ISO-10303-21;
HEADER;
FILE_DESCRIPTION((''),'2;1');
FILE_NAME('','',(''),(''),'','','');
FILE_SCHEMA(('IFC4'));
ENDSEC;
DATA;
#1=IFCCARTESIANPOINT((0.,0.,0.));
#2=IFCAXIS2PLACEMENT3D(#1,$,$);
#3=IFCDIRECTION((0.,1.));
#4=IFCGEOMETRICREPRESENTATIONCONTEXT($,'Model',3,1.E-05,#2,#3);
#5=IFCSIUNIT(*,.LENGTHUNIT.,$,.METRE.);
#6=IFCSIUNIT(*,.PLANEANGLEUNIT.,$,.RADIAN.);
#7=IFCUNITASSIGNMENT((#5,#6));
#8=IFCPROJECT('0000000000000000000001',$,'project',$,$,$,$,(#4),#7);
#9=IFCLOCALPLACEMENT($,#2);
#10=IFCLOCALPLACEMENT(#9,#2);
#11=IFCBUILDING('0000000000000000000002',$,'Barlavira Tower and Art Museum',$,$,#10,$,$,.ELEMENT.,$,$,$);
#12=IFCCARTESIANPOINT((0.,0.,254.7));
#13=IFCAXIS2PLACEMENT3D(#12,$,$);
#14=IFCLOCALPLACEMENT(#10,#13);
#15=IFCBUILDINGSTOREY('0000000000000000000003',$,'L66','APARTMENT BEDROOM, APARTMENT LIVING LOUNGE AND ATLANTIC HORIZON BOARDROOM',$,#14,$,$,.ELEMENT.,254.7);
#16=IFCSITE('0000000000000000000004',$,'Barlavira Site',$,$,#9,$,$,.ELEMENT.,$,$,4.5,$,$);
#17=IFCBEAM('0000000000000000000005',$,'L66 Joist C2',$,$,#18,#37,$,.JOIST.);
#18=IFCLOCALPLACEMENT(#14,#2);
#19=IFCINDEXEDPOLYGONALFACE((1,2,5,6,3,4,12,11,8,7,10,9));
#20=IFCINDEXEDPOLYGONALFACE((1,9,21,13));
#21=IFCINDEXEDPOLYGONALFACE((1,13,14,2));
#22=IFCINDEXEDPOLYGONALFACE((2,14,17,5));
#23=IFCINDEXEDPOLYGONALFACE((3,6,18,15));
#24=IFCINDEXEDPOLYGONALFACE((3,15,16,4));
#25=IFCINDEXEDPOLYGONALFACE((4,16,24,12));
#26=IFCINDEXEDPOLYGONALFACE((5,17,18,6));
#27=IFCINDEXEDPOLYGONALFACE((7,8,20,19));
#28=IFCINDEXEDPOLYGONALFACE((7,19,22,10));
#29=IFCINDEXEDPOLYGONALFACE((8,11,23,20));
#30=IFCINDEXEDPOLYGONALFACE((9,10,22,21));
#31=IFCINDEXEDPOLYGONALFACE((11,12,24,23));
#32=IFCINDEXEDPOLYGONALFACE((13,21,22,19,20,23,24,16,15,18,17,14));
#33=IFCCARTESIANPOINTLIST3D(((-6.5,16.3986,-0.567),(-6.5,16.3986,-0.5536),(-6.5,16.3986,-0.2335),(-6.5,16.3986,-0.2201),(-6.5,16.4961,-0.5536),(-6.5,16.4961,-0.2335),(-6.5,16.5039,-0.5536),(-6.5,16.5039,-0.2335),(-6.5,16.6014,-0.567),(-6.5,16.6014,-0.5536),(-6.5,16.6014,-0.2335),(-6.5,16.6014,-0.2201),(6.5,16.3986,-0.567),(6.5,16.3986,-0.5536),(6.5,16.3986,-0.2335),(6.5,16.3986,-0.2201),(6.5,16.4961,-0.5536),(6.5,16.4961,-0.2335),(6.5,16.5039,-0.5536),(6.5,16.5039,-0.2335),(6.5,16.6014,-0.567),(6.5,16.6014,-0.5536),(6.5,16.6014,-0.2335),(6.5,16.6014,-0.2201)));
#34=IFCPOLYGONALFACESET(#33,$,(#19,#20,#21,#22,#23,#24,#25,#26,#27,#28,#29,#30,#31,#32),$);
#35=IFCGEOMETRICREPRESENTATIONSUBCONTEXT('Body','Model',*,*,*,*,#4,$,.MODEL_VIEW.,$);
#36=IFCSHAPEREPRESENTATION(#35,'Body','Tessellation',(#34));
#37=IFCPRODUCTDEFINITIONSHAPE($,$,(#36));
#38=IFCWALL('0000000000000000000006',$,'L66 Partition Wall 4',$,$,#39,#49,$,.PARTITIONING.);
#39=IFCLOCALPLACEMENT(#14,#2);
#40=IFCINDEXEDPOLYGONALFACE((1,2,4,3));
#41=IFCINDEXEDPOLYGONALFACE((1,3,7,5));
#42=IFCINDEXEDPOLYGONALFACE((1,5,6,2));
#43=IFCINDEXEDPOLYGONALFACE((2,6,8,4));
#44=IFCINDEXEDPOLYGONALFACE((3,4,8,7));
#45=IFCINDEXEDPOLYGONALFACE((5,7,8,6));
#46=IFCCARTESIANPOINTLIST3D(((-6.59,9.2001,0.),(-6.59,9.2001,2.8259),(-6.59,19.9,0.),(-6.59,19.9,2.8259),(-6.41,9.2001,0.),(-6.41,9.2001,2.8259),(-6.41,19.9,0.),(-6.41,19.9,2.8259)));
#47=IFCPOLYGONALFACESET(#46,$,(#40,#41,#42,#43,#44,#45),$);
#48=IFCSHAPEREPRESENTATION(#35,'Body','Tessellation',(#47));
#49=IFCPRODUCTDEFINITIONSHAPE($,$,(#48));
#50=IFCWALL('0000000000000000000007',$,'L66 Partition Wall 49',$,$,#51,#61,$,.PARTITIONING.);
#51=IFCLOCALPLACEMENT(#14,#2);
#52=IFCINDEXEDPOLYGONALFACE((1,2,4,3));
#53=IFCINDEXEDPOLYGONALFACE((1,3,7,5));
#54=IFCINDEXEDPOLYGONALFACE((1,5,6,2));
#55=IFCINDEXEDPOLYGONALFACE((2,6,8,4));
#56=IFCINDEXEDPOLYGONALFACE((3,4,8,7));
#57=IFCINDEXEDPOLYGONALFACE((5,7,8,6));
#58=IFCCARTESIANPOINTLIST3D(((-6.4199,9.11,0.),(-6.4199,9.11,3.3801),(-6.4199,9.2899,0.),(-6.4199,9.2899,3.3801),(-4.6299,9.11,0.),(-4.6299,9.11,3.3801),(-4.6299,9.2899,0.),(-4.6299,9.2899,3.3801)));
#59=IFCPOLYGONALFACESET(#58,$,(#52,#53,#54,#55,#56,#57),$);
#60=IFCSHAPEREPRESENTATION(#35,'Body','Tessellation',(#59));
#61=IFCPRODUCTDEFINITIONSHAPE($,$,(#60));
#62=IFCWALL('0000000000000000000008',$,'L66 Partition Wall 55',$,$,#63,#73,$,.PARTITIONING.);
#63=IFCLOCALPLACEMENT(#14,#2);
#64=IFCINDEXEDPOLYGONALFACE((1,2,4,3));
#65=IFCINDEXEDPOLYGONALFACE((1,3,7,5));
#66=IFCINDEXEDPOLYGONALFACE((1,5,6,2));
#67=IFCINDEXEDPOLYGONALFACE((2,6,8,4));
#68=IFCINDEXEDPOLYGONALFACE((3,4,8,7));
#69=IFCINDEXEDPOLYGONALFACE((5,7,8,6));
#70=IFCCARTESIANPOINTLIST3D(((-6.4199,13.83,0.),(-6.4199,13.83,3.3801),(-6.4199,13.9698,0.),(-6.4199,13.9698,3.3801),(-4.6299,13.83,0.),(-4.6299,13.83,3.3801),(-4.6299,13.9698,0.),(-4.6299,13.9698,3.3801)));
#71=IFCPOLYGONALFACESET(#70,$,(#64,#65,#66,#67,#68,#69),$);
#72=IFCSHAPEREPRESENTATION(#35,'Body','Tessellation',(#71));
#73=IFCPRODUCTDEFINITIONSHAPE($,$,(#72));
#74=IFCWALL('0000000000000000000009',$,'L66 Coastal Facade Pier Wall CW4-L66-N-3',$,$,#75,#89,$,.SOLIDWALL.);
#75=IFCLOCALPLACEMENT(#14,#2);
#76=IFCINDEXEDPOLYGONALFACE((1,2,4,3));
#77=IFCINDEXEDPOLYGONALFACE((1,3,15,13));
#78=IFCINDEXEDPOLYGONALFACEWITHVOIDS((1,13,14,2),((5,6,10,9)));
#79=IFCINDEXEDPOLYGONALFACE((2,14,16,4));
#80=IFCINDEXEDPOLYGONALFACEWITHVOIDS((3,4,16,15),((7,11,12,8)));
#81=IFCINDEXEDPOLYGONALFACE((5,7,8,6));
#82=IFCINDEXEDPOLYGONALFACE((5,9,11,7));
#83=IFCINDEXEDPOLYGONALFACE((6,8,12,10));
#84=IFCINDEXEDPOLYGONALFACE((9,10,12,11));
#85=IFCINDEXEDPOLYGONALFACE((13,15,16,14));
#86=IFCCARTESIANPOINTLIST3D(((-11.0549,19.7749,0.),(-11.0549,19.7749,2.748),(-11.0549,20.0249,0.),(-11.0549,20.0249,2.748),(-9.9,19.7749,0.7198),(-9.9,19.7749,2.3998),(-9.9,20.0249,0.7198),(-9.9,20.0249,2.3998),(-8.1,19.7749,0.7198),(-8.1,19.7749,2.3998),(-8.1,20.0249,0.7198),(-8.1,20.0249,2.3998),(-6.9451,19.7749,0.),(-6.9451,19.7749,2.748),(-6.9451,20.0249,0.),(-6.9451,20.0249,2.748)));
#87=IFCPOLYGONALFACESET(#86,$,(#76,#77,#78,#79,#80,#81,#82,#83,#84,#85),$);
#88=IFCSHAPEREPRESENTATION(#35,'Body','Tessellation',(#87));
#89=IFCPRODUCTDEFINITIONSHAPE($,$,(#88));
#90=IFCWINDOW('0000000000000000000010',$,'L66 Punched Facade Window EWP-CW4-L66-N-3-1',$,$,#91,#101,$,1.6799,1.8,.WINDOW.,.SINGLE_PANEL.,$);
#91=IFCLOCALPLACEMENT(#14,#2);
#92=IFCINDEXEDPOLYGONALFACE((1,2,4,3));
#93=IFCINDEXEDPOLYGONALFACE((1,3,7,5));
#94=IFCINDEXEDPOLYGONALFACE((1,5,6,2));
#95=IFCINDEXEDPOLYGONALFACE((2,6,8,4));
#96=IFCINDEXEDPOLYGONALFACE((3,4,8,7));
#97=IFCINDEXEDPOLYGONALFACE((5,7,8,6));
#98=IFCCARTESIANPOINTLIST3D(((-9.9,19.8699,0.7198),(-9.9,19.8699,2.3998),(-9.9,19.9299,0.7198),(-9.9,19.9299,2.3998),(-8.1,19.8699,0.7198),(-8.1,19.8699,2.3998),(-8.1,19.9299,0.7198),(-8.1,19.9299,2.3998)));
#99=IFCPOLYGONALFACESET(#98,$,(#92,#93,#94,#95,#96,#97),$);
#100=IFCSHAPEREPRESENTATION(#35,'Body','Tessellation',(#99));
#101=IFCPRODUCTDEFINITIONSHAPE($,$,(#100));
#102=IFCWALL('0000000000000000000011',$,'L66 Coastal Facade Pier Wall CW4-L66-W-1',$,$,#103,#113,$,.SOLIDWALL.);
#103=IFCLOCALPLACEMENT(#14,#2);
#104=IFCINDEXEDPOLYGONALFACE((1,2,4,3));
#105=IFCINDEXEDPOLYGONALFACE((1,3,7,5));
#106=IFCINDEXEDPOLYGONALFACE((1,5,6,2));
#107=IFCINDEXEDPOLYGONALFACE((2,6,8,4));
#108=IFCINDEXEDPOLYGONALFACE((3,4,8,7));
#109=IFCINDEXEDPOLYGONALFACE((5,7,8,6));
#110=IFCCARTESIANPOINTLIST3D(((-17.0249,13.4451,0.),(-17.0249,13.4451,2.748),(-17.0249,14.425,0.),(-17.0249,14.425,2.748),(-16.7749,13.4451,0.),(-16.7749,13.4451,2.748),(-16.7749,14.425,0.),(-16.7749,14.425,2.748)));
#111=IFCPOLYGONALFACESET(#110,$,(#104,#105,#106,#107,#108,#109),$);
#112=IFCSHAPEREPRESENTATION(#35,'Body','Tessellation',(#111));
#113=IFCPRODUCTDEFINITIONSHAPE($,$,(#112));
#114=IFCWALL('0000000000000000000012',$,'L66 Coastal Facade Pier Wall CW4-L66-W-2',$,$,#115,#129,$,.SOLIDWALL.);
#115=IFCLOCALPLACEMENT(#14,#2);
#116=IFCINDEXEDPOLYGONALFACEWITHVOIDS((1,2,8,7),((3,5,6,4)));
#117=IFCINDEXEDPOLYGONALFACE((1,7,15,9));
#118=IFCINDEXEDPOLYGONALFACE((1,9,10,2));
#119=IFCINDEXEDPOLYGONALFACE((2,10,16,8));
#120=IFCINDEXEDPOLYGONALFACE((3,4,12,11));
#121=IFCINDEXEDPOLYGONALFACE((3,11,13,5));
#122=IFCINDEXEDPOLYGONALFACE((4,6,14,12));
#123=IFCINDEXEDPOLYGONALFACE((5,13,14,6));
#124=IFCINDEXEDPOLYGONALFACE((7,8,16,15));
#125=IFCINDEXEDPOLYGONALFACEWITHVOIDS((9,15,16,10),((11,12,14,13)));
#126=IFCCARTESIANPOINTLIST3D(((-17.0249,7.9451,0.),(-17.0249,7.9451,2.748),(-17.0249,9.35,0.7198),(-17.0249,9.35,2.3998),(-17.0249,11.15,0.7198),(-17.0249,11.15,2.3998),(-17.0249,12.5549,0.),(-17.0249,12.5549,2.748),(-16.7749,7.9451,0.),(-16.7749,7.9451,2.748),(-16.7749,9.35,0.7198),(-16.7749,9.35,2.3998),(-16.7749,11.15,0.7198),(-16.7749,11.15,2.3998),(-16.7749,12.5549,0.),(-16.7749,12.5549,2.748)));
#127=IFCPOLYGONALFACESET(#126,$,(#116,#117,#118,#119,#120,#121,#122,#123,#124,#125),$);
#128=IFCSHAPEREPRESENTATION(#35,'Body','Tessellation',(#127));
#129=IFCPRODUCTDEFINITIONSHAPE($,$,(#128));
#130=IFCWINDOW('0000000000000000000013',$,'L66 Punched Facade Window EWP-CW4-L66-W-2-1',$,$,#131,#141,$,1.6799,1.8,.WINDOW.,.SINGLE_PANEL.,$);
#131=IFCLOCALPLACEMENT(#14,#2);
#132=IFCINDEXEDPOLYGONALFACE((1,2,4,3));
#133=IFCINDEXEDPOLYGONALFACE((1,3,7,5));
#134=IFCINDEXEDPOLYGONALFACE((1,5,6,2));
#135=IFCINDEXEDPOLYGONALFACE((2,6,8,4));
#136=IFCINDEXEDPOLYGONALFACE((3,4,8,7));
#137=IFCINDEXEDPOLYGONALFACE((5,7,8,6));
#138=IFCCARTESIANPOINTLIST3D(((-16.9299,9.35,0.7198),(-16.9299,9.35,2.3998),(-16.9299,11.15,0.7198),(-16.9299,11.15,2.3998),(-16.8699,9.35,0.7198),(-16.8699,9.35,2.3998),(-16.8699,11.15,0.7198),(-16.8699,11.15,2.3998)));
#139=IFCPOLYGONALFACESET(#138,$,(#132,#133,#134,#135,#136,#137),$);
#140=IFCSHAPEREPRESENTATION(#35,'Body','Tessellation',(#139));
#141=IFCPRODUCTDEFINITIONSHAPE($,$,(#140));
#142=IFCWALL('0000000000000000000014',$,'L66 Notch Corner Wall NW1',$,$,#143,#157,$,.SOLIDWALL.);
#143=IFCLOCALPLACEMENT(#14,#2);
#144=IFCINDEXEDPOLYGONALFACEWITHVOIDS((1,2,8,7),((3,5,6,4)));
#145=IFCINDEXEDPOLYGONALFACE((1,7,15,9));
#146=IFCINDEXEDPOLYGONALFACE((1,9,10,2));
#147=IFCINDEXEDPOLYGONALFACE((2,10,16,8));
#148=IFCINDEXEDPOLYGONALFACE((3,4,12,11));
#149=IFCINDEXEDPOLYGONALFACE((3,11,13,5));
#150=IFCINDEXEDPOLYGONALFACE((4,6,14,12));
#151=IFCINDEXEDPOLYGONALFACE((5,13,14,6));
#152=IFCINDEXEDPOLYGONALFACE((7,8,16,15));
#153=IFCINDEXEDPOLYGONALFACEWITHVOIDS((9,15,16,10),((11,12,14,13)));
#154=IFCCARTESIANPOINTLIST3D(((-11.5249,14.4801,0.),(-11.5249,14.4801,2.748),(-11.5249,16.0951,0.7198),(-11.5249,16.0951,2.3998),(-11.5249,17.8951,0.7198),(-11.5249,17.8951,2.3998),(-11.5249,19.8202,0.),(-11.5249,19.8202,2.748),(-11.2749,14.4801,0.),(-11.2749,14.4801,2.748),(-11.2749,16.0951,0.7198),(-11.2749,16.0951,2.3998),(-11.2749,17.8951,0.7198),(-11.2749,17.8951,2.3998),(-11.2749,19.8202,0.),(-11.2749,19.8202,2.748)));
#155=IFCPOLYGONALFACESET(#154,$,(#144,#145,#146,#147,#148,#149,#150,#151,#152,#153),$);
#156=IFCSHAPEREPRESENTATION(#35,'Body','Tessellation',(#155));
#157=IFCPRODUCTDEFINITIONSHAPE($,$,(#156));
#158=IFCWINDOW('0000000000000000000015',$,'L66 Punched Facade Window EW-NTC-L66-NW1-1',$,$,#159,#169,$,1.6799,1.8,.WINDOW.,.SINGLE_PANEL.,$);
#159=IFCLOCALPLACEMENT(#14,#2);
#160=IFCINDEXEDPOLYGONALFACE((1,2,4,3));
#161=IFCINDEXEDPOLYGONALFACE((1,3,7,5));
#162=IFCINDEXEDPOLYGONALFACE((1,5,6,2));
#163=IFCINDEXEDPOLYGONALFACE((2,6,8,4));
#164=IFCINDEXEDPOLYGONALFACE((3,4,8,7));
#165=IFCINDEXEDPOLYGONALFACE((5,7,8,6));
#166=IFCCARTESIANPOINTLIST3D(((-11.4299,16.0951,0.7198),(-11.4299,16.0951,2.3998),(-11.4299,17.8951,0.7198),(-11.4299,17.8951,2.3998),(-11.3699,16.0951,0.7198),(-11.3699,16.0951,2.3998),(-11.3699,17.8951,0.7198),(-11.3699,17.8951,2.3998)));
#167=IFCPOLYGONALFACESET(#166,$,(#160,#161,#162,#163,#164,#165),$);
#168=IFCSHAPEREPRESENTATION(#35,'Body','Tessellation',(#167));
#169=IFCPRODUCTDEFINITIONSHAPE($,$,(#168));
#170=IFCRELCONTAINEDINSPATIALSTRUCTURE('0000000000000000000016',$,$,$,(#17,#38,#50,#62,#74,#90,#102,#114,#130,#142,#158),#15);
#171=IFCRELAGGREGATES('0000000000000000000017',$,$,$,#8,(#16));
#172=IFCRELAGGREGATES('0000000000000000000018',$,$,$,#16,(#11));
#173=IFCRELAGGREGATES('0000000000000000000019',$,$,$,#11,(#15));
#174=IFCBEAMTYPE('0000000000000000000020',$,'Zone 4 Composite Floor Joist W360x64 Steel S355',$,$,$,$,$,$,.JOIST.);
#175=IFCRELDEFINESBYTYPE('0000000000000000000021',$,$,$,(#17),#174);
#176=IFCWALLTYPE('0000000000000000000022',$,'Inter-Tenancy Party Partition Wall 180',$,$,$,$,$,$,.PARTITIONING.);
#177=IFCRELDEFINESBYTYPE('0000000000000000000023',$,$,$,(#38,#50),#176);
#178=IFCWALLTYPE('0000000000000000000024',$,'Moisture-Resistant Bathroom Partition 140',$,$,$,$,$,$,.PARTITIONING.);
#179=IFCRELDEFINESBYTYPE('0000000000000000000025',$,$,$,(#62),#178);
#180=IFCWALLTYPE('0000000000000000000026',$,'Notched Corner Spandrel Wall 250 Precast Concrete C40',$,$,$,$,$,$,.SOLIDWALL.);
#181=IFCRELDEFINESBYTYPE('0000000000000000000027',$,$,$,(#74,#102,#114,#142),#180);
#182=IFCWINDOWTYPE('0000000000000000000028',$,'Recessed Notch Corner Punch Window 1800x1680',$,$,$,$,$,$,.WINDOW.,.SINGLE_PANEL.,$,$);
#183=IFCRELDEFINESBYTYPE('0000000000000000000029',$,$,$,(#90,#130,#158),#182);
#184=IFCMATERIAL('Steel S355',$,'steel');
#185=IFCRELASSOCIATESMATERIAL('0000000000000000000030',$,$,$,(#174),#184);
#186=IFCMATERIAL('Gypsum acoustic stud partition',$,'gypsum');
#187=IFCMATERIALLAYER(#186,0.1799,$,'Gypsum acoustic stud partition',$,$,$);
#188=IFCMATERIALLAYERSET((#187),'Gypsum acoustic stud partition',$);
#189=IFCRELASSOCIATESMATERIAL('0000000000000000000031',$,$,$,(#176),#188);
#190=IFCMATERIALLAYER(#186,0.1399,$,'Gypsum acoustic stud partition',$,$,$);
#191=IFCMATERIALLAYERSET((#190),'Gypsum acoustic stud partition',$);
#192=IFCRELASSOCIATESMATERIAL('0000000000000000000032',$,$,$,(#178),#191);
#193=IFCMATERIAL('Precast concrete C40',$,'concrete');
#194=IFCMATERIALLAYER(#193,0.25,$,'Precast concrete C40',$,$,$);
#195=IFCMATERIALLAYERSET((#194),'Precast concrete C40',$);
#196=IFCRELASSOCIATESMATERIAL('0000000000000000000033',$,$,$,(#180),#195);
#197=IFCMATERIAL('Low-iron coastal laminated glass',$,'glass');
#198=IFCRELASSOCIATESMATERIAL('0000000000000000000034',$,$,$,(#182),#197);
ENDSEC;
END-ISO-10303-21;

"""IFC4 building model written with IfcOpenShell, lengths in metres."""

from ifc_helpers import new_model, si_unit, direction, frame, frame_2d, origin, origin_2d, place, context, subcontext, project, spatial, rectangle, i_section, extrude, material, layer, layer_set, material_profile, profile_set, type_object, element, fill, save


model = new_model("IFC4")

# Units and contexts
model_context = context("Model", 3, precision=1e-05, world=origin(), true_north=direction((0.0, 1.0)))
body_context = subcontext(model_context, "Body", "Model", "MODEL_VIEW")
ifc_project = project(units=[si_unit("LENGTHUNIT", "METRE"), si_unit("PLANEANGLEUNIT", "RADIAN")], contexts=[model_context])

# Site, building, storey
site_placement = place(None, origin())
site = spatial("IfcSite", under=ifc_project, at=site_placement, Name="Barlavira Site", CompositionType="ELEMENT", RefElevation=4.5)
building_placement = place(site_placement, origin())
building = spatial("IfcBuilding", under=site, at=building_placement, Name="Barlavira Tower and Art Museum", CompositionType="ELEMENT")
storey_placement = place(building_placement, frame((0.0, 0.0, 254.7)))
storey = spatial("IfcBuildingStorey", under=building, at=storey_placement, Name="L66", Description="APARTMENT BEDROOM, APARTMENT LIVING LOUNGE AND ATLANTIC HORIZON BOARDROOM", CompositionType="ELEMENT", Elevation=254.7)

# Shared definitions
ifc_material_1 = material(Name="Low-iron coastal laminated glass", Category="glass")

# Beam
ifc_material_2 = material(Name="Steel S355", Category="steel")
ifc_material_profile_1 = material_profile(ifc_material_2, i_section(OverallWidth=0.2029, OverallDepth=0.3469, WebThickness=0.0078, FlangeThickness=0.0134, at=origin_2d()), Name="W360x64.0")
ifc_profile_set_1 = profile_set([ifc_material_profile_1], Name="Steel S355")
beam_type_1 = type_object("IfcBeamType", Name="Zone 4 Composite Floor Joist W360x64 Steel S355", PredefinedType="JOIST", material=ifc_profile_set_1)
beam_1_placement = place(storey_placement, frame((-6.5, 16.5, -0.3936), z_axis=(1.0, 0.0, 0.0), x_axis=(0.0, 1.0, 0.0)))
element("IfcBeam", 1, at=beam_1_placement, inside=storey, type_object=beam_type_1, Name="L66 Joist C2", PredefinedType="JOIST", context=body_context, shape_type="SweptSolid", body=[
    extrude(i_section(OverallWidth=0.2029, OverallDepth=0.3469, WebThickness=0.0078, FlangeThickness=0.0134, at=origin_2d()), origin(), (0.0, 0.0, 1.0), 13.0),
])

# Walls
ifc_material_3 = material(Name="Gypsum acoustic stud partition", Category="gypsum")
ifc_layer_1 = layer(ifc_material_3, 0.1799, Name="Gypsum acoustic stud partition")
ifc_layer_set_1 = layer_set([ifc_layer_1], Name="Gypsum acoustic stud partition")
wall_type_1 = type_object("IfcWallType", Name="Inter-Tenancy Party Partition Wall 180", PredefinedType="PARTITIONING", material=ifc_layer_set_1)
wall_1_placement = place(storey_placement, frame((-6.5, 9.2, 0.0), z_axis=(0.0, 0.0, 1.0), x_axis=(0.0, 1.0, 0.0)))
element("IfcWall", 2, at=wall_1_placement, inside=storey, type_object=wall_type_1, Name="L66 Partition Wall 4", PredefinedType="PARTITIONING", context=body_context, shape_type="SweptSolid", body=[
    extrude(rectangle(XDim=10.7, YDim=0.1799, at=frame_2d((5.3501, 0.0))), origin(), (0.0, 0.0, 1.0), 2.8259),
])
wall_2_placement = place(storey_placement, frame((-6.4199, 9.2, 0.0), z_axis=(0.0, 0.0, 1.0), x_axis=(1.0, 0.0, 0.0)))
element("IfcWall", 3, at=wall_2_placement, inside=storey, type_object=wall_type_1, Name="L66 Partition Wall 49", PredefinedType="PARTITIONING", context=body_context, shape_type="SweptSolid", body=[
    extrude(rectangle(XDim=1.79, YDim=0.1799, at=frame_2d((0.895, 0.0))), origin(), (0.0, 0.0, 1.0), 3.3801),
])
ifc_layer_2 = layer(ifc_material_3, 0.1399, Name="Gypsum acoustic stud partition")
ifc_layer_set_2 = layer_set([ifc_layer_2], Name="Gypsum acoustic stud partition")
wall_type_2 = type_object("IfcWallType", Name="Moisture-Resistant Bathroom Partition 140", PredefinedType="PARTITIONING", material=ifc_layer_set_2)
wall_3_placement = place(storey_placement, frame((-6.4199, 13.8999, 0.0), z_axis=(0.0, 0.0, 1.0), x_axis=(1.0, 0.0, 0.0)))
element("IfcWall", 4, at=wall_3_placement, inside=storey, type_object=wall_type_2, Name="L66 Partition Wall 55", PredefinedType="PARTITIONING", context=body_context, shape_type="SweptSolid", body=[
    extrude(rectangle(XDim=1.79, YDim=0.1399, at=frame_2d((0.895, 0.0))), origin(), (0.0, 0.0, 1.0), 3.3801),
])

# Wall, opening, window
ifc_material_4 = material(Name="Precast concrete C40", Category="concrete")
ifc_layer_3 = layer(ifc_material_4, 0.25, Name="Precast concrete C40")
ifc_layer_set_3 = layer_set([ifc_layer_3], Name="Precast concrete C40")
wall_type_3 = type_object("IfcWallType", Name="Notched Corner Spandrel Wall 250 Precast Concrete C40", PredefinedType="SOLIDWALL", material=ifc_layer_set_3)
wall_4_placement = place(storey_placement, frame((-6.9451, 19.8999, 0.0), z_axis=(0.0, 0.0, 1.0), x_axis=(-1.0, 0.0, 0.0)))
wall_4 = element("IfcWall", 5, at=wall_4_placement, inside=storey, type_object=wall_type_3, Name="L66 Coastal Facade Pier Wall CW4-L66-N-3", PredefinedType="SOLIDWALL", context=body_context, shape_type="SweptSolid", body=[
    extrude(rectangle(XDim=4.1099, YDim=0.25, at=frame_2d((2.0549, 0.0))), origin(), (0.0, 0.0, 1.0), 2.748),
])
opening_1_placement = place(wall_4_placement, frame((1.155, 0.0, 0.72)))
opening_1 = element("IfcOpeningElement", 6, at=opening_1_placement, cuts=wall_4, PredefinedType="OPENING", context=body_context, shape_type="SweptSolid", body=[
    extrude(rectangle(XDim=1.8, YDim=1.6799, at=frame_2d((0.8999, 0.8398))), frame((0.0, 0.135, 0.0), z_axis=(0.0, -1.0, 0.0), x_axis=(1.0, 0.0, 0.0)), (0.0, 0.0, 1.0), 0.27),
])
window_type = type_object("IfcWindowType", Name="Recessed Notch Corner Punch Window 1800x1680", PartitioningType="SINGLE_PANEL", PredefinedType="WINDOW", material=ifc_material_1)
window_1_placement = place(opening_1_placement, origin())
window_1 = element("IfcWindow", 7, at=window_1_placement, inside=storey, type_object=window_type, Name="L66 Punched Facade Window EWP-CW4-L66-N-3-1", OverallHeight=1.6799, OverallWidth=1.8, PartitioningType="SINGLE_PANEL", PredefinedType="WINDOW", context=body_context, shape_type="SweptSolid", body=[
    extrude(rectangle(XDim=1.8, YDim=1.6799, at=frame_2d((0.8999, 0.8398))), frame((0.0, 0.03, 0.0), z_axis=(0.0, -1.0, 0.0), x_axis=(1.0, 0.0, 0.0)), (0.0, 0.0, 1.0), 0.0601),
])
fill(opening_1, window_1)

# Wall
wall_5_placement = place(storey_placement, frame((-16.8999, 14.425, 0.0), z_axis=(0.0, 0.0, 1.0), x_axis=(0.0, -1.0, 0.0)))
element("IfcWall", 8, at=wall_5_placement, inside=storey, type_object=wall_type_3, Name="L66 Coastal Facade Pier Wall CW4-L66-W-1", PredefinedType="SOLIDWALL", context=body_context, shape_type="SweptSolid", body=[
    extrude(rectangle(XDim=0.98, YDim=0.25, at=frame_2d((0.49, 0.0))), origin(), (0.0, 0.0, 1.0), 2.748),
])

# Walls, openings, windows
wall_6_placement = place(storey_placement, frame((-16.8999, 12.5549, 0.0), z_axis=(0.0, 0.0, 1.0), x_axis=(0.0, -1.0, 0.0)))
wall_6 = element("IfcWall", 9, at=wall_6_placement, inside=storey, type_object=wall_type_3, Name="L66 Coastal Facade Pier Wall CW4-L66-W-2", PredefinedType="SOLIDWALL", context=body_context, shape_type="SweptSolid", body=[
    extrude(rectangle(XDim=4.6099, YDim=0.25, at=frame_2d((2.3049, 0.0))), origin(), (0.0, 0.0, 1.0), 2.748),
])
opening_2_placement = place(wall_6_placement, frame((1.405, 0.0, 0.72)))
opening_2 = element("IfcOpeningElement", 10, at=opening_2_placement, cuts=wall_6, PredefinedType="OPENING", context=body_context, shape_type="SweptSolid", body=[
    extrude(rectangle(XDim=1.8, YDim=1.6799, at=frame_2d((0.8999, 0.8398))), frame((0.0, 0.135, 0.0), z_axis=(0.0, -1.0, 0.0), x_axis=(1.0, 0.0, 0.0)), (0.0, 0.0, 1.0), 0.27),
])
window_2_placement = place(opening_2_placement, origin())
window_2 = element("IfcWindow", 11, at=window_2_placement, inside=storey, type_object=window_type, Name="L66 Punched Facade Window EWP-CW4-L66-W-2-1", OverallHeight=1.6799, OverallWidth=1.8, PartitioningType="SINGLE_PANEL", PredefinedType="WINDOW", context=body_context, shape_type="SweptSolid", body=[
    extrude(rectangle(XDim=1.8, YDim=1.6799, at=frame_2d((0.8999, 0.8398))), frame((0.0, 0.03, 0.0), z_axis=(0.0, -1.0, 0.0), x_axis=(1.0, 0.0, 0.0)), (0.0, 0.0, 1.0), 0.0601),
])
fill(opening_2, window_2)
wall_7_placement = place(storey_placement, frame((-11.3999, 19.8201, 0.0), z_axis=(0.0, 0.0, 1.0), x_axis=(0.0, -1.0, 0.0)))
wall_7 = element("IfcWall", 12, at=wall_7_placement, inside=storey, type_object=wall_type_3, Name="L66 Notch Corner Wall NW1", PredefinedType="SOLIDWALL", context=body_context, shape_type="SweptSolid", body=[
    extrude(rectangle(XDim=5.3401, YDim=0.25, at=frame_2d((2.6699, 0.0))), origin(), (0.0, 0.0, 1.0), 2.748),
])
opening_3_placement = place(wall_7_placement, frame((1.925, 0.0, 0.72)))
opening_3 = element("IfcOpeningElement", 13, at=opening_3_placement, cuts=wall_7, PredefinedType="OPENING", context=body_context, shape_type="SweptSolid", body=[
    extrude(rectangle(XDim=1.8, YDim=1.6799, at=frame_2d((0.8999, 0.8398))), frame((0.0, 0.135, 0.0), z_axis=(0.0, -1.0, 0.0), x_axis=(1.0, 0.0, 0.0)), (0.0, 0.0, 1.0), 0.27),
])
window_3_placement = place(opening_3_placement, origin())
window_3 = element("IfcWindow", 14, at=window_3_placement, inside=storey, type_object=window_type, Name="L66 Punched Facade Window EW-NTC-L66-NW1-1", OverallHeight=1.6799, OverallWidth=1.8, PartitioningType="SINGLE_PANEL", PredefinedType="WINDOW", context=body_context, shape_type="SweptSolid", body=[
    extrude(rectangle(XDim=1.8, YDim=1.6799, at=frame_2d((0.8999, 0.8398))), frame((0.0, 0.03, 0.0), z_axis=(0.0, -1.0, 0.0), x_axis=(1.0, 0.0, 0.0)), (0.0, 0.0, 1.0), 0.0601),
])
fill(opening_3, window_3)

save(model, "model.ifc")
